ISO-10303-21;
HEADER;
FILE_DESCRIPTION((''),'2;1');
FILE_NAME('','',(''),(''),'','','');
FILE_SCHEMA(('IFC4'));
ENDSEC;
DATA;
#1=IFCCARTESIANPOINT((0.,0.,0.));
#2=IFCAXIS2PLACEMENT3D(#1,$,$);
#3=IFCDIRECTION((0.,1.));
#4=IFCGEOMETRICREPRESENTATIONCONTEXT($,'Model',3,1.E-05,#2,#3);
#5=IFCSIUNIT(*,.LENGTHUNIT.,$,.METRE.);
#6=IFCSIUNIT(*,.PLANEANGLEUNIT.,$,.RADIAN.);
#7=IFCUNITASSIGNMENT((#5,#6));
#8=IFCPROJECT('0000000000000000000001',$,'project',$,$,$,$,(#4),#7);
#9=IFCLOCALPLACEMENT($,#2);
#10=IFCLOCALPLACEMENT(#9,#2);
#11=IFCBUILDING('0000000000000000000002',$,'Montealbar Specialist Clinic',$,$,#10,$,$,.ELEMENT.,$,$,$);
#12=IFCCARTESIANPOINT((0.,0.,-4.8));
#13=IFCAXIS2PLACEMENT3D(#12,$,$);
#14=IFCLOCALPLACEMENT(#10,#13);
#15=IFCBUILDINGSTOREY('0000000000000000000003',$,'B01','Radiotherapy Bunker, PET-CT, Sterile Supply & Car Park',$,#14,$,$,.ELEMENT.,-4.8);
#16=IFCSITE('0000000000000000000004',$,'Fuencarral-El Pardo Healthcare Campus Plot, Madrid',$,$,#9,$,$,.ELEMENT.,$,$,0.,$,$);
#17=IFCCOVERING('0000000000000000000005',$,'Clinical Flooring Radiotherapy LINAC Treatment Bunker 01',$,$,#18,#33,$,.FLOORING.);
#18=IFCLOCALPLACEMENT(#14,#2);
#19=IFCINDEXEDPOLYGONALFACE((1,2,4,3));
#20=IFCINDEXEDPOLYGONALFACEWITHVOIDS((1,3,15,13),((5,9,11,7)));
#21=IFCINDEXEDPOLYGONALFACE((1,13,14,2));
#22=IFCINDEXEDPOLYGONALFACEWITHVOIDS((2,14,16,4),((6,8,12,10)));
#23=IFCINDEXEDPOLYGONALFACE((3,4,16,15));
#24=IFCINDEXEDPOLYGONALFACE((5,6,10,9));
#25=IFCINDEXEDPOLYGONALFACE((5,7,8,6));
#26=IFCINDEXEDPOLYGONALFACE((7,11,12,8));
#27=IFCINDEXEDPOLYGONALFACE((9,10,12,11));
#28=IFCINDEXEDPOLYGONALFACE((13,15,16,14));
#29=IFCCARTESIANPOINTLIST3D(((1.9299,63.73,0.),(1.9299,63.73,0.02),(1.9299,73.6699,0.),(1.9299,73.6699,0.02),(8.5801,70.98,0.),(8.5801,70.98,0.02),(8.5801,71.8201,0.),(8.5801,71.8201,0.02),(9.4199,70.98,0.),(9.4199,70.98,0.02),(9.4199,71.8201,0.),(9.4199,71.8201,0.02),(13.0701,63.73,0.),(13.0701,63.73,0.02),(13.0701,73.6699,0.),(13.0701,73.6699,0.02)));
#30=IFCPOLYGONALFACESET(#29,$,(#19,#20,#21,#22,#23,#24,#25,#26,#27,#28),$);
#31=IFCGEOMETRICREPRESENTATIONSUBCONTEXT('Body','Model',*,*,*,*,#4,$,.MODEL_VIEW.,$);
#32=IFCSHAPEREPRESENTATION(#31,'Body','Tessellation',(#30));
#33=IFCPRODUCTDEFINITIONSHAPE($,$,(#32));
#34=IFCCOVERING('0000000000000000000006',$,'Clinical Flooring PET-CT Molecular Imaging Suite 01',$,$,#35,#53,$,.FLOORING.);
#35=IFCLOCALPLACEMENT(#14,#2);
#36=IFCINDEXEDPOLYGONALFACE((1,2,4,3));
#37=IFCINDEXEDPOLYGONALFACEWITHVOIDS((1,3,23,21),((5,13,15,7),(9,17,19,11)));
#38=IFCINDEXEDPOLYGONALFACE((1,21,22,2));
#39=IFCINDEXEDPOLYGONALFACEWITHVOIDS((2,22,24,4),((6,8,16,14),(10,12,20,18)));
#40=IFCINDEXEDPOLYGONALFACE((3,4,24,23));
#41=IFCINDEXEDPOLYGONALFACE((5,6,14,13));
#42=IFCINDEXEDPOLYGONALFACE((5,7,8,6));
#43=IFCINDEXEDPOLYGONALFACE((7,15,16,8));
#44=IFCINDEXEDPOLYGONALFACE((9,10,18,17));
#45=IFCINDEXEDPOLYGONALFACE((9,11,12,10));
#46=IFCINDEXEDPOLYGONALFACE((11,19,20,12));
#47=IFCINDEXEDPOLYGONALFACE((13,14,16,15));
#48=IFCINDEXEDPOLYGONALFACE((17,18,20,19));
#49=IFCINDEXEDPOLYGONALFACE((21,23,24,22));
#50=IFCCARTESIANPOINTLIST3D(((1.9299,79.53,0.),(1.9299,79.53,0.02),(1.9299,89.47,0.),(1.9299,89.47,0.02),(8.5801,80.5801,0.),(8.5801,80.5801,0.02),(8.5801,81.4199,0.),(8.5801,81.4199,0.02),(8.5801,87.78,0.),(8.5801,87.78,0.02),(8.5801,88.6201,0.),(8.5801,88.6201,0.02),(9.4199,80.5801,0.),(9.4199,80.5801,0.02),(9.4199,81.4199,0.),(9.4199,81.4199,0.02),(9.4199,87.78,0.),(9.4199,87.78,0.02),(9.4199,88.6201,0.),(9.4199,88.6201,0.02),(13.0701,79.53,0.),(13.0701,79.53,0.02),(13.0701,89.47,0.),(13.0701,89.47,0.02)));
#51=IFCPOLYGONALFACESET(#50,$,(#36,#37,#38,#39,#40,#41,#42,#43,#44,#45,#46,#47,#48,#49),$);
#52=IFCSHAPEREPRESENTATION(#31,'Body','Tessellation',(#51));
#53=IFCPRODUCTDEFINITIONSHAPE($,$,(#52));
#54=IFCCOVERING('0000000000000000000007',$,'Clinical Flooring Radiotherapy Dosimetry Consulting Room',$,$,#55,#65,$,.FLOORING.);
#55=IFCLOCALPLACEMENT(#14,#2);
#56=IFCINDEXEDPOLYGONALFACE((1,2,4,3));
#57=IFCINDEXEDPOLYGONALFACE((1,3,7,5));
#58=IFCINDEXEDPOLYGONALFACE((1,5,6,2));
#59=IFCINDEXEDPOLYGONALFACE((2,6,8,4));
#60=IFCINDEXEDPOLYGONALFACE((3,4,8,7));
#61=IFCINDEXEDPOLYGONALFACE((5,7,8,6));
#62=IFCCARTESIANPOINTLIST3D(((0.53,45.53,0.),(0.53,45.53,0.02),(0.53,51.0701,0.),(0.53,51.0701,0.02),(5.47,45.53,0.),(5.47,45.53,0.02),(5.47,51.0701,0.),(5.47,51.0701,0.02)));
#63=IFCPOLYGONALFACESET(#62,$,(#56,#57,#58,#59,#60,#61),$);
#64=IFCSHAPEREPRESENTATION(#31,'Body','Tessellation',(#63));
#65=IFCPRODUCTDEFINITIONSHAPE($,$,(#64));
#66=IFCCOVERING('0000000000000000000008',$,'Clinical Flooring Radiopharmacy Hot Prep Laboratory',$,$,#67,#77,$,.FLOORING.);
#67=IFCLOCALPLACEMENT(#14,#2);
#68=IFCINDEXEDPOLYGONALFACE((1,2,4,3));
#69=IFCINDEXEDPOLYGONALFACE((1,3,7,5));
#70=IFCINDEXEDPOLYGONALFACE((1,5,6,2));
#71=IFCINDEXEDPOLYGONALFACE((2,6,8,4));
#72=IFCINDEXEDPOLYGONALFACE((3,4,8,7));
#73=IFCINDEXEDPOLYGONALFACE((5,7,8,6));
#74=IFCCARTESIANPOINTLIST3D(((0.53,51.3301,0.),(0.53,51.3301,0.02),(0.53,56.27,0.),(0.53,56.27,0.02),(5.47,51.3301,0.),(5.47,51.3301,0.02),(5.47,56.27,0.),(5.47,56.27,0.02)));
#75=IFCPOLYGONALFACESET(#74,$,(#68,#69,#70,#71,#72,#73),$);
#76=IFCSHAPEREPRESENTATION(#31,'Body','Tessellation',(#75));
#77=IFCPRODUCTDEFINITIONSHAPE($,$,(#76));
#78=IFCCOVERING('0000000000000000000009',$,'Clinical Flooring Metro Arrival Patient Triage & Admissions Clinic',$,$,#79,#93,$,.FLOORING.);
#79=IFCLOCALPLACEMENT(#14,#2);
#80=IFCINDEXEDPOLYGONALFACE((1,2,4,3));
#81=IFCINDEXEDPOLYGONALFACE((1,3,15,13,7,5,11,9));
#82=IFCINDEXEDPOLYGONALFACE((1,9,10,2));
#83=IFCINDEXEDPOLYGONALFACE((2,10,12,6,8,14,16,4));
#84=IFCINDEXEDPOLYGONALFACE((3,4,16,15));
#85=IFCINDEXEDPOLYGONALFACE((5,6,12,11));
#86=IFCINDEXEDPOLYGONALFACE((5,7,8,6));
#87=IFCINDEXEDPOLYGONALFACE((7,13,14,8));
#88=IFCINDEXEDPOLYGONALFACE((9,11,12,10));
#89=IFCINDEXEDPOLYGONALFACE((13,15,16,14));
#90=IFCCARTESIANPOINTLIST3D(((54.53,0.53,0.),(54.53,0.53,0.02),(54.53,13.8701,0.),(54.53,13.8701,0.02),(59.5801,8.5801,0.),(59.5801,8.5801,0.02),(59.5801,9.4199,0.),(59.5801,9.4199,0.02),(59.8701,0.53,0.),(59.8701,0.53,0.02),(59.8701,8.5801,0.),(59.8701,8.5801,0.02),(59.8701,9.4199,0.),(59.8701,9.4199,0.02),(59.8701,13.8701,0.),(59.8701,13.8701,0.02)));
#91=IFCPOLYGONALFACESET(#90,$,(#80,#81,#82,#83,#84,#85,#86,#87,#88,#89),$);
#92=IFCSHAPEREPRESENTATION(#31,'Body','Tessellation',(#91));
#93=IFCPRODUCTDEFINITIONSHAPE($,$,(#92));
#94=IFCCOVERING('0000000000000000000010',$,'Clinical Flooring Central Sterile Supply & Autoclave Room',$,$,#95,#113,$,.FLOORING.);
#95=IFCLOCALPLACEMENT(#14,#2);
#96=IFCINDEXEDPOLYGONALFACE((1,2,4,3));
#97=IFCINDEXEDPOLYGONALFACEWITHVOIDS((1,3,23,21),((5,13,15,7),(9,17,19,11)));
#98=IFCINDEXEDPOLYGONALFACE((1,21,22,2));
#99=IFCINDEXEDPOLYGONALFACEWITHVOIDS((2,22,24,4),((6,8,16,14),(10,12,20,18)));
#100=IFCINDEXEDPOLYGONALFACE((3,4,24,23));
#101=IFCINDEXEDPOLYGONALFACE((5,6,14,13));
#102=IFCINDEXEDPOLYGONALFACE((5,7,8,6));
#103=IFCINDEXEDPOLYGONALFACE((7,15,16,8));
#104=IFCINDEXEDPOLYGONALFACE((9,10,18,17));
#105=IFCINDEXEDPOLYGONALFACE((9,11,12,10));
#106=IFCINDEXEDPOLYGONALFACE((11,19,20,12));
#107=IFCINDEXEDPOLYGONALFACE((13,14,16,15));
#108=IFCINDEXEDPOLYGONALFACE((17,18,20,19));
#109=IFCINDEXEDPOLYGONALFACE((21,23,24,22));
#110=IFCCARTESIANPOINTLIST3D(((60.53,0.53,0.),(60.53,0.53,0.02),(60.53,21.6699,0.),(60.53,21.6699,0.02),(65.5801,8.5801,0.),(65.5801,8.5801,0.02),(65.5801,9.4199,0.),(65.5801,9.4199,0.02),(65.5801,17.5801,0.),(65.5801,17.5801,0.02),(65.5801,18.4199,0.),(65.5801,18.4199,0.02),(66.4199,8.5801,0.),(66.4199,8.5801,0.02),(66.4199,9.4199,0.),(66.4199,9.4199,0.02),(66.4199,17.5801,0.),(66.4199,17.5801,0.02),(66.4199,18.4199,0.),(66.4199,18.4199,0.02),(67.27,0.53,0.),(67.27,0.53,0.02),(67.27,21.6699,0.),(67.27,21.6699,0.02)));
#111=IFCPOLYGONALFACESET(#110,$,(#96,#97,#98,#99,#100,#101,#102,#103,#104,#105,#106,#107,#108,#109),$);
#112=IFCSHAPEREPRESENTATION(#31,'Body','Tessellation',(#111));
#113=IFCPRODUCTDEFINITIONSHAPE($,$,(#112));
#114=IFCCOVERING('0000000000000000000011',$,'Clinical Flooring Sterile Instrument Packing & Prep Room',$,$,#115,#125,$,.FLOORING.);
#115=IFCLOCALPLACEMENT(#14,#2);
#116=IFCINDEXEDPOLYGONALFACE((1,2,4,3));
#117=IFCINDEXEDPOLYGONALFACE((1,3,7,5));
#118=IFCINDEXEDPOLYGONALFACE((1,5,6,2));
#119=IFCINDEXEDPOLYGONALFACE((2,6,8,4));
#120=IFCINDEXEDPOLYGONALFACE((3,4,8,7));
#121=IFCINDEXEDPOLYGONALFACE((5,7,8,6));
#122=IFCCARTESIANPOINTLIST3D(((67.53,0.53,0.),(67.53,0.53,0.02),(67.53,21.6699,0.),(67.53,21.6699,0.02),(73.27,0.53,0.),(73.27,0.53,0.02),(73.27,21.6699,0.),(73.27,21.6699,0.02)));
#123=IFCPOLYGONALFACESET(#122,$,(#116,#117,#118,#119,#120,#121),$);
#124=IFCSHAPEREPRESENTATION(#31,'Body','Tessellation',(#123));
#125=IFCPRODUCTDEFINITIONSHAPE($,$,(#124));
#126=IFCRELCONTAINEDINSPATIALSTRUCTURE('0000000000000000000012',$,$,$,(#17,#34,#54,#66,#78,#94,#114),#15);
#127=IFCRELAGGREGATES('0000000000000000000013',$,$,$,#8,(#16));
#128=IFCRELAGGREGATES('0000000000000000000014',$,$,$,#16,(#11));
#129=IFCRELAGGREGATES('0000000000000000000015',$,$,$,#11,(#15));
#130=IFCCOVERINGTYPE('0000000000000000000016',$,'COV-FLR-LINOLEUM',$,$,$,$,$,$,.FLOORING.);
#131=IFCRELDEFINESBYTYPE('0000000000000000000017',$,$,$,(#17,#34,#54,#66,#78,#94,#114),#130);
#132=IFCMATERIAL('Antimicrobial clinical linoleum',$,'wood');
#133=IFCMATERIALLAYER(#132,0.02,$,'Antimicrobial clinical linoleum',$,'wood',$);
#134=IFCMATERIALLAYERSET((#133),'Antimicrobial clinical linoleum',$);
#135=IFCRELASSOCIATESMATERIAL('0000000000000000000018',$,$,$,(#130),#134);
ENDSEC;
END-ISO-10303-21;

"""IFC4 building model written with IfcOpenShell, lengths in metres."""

from ifc_helpers import new_model, si_unit, direction, frame, origin, place, context, subcontext, project, spatial, polyline, outline, extrude, material, layer, layer_set, type_object, element, save


model = new_model("IFC4")

# Units and contexts
model_context = context("Model", 3, precision=1e-05, world=origin(), true_north=direction((0.0, 1.0)))
body_context = subcontext(model_context, "Body", "Model", "MODEL_VIEW")
ifc_project = project(units=[si_unit("LENGTHUNIT", "METRE"), si_unit("PLANEANGLEUNIT", "RADIAN")], contexts=[model_context])

# Site, building, storey
site_placement = place(None, origin())
site = spatial("IfcSite", under=ifc_project, at=site_placement, Name="Fuencarral-El Pardo Healthcare Campus Plot, Madrid", CompositionType="ELEMENT", RefElevation=0.0)
building_placement = place(site_placement, origin())
building = spatial("IfcBuilding", under=site, at=building_placement, Name="Montealbar Specialist Clinic", CompositionType="ELEMENT")
storey_placement = place(building_placement, frame((0.0, 0.0, -4.8)))
storey = spatial("IfcBuildingStorey", under=building, at=storey_placement, Name="B01", Description="Radiotherapy Bunker, PET-CT, Sterile Supply & Car Park", CompositionType="ELEMENT", Elevation=-4.8)

# Coverings
ifc_material_1 = material(Name="Antimicrobial clinical linoleum", Category="wood")
ifc_layer_1 = layer(ifc_material_1, 0.02, Name="Antimicrobial clinical linoleum", Category="wood")
ifc_layer_set_1 = layer_set([ifc_layer_1], Name="Antimicrobial clinical linoleum")
covering_type = type_object("IfcCoveringType", Name="COV-FLR-LINOLEUM", PredefinedType="FLOORING", material=ifc_layer_set_1)
covering_1_placement = place(storey_placement, origin())
element("IfcCovering", 1, at=covering_1_placement, inside=storey, type_object=covering_type, Name="Clinical Flooring Radiotherapy LINAC Treatment Bunker 01", PredefinedType="FLOORING", context=body_context, shape_type="SweptSolid", body=[
    extrude(outline(polyline([(13.0701, 73.6699), (13.0701, 63.73), (1.9299, 63.73), (1.9299, 73.6699), (13.0701, 73.6699)]), holes=[polyline([(9.4199, 71.8201), (8.5801, 71.8201), (8.5801, 70.98), (9.4199, 70.98), (9.4199, 71.8201)])]), origin(), (0.0, 0.0, 1.0), 0.02),
])
covering_2_placement = place(storey_placement, origin())
element("IfcCovering", 2, at=covering_2_placement, inside=storey, type_object=covering_type, Name="Clinical Flooring PET-CT Molecular Imaging Suite 01", PredefinedType="FLOORING", context=body_context, shape_type="SweptSolid", body=[
    extrude(outline(polyline([(13.0701, 89.47), (13.0701, 79.53), (1.9299, 79.53), (1.9299, 89.47), (13.0701, 89.47)]), holes=[polyline([(9.4199, 81.4199), (8.5801, 81.4199), (8.5801, 80.5801), (9.4199, 80.5801), (9.4199, 81.4199)]), polyline([(8.5801, 88.6201), (8.5801, 87.78), (9.4199, 87.78), (9.4199, 88.6201), (8.5801, 88.6201)])]), origin(), (0.0, 0.0, 1.0), 0.02),
])
covering_3_placement = place(storey_placement, origin())
element("IfcCovering", 3, at=covering_3_placement, inside=storey, type_object=covering_type, Name="Clinical Flooring Radiotherapy Dosimetry Consulting Room", PredefinedType="FLOORING", context=body_context, shape_type="SweptSolid", body=[
    extrude(outline(polyline([(0.53, 51.0701), (5.47, 51.0701), (5.47, 45.53), (0.53, 45.53), (0.53, 51.0701)])), origin(), (0.0, 0.0, 1.0), 0.02),
])
covering_4_placement = place(storey_placement, origin())
element("IfcCovering", 4, at=covering_4_placement, inside=storey, type_object=covering_type, Name="Clinical Flooring Radiopharmacy Hot Prep Laboratory", PredefinedType="FLOORING", context=body_context, shape_type="SweptSolid", body=[
    extrude(outline(polyline([(0.53, 56.27), (5.47, 56.27), (5.47, 51.3301), (0.53, 51.3301), (0.53, 56.27)])), origin(), (0.0, 0.0, 1.0), 0.02),
])
covering_5_placement = place(storey_placement, origin())
element("IfcCovering", 5, at=covering_5_placement, inside=storey, type_object=covering_type, Name="Clinical Flooring Metro Arrival Patient Triage & Admissions Clinic", PredefinedType="FLOORING", context=body_context, shape_type="SweptSolid", body=[
    extrude(outline(polyline([(54.53, 13.8701), (59.8701, 13.8701), (59.8701, 9.4199), (59.5801, 9.4199), (59.5801, 8.5801), (59.8701, 8.5801), (59.8701, 0.53), (54.53, 0.53), (54.53, 13.8701)])), origin(), (0.0, 0.0, 1.0), 0.02),
])
covering_6_placement = place(storey_placement, origin())
element("IfcCovering", 6, at=covering_6_placement, inside=storey, type_object=covering_type, Name="Clinical Flooring Central Sterile Supply & Autoclave Room", PredefinedType="FLOORING", context=body_context, shape_type="SweptSolid", body=[
    extrude(outline(polyline([(60.53, 21.6699), (67.27, 21.6699), (67.27, 0.53), (60.53, 0.53), (60.53, 21.6699)]), holes=[polyline([(66.4199, 9.4199), (65.5801, 9.4199), (65.5801, 8.5801), (66.4199, 8.5801), (66.4199, 9.4199)]), polyline([(66.4199, 18.4199), (65.5801, 18.4199), (65.5801, 17.5801), (66.4199, 17.5801), (66.4199, 18.4199)])]), origin(), (0.0, 0.0, 1.0), 0.02),
])
covering_7_placement = place(storey_placement, origin())
element("IfcCovering", 7, at=covering_7_placement, inside=storey, type_object=covering_type, Name="Clinical Flooring Sterile Instrument Packing & Prep Room", PredefinedType="FLOORING", context=body_context, shape_type="SweptSolid", body=[
    extrude(outline(polyline([(67.53, 21.6699), (73.27, 21.6699), (73.27, 0.53), (67.53, 0.53), (67.53, 21.6699)])), origin(), (0.0, 0.0, 1.0), 0.02),
])

save(model, "model.ifc")
